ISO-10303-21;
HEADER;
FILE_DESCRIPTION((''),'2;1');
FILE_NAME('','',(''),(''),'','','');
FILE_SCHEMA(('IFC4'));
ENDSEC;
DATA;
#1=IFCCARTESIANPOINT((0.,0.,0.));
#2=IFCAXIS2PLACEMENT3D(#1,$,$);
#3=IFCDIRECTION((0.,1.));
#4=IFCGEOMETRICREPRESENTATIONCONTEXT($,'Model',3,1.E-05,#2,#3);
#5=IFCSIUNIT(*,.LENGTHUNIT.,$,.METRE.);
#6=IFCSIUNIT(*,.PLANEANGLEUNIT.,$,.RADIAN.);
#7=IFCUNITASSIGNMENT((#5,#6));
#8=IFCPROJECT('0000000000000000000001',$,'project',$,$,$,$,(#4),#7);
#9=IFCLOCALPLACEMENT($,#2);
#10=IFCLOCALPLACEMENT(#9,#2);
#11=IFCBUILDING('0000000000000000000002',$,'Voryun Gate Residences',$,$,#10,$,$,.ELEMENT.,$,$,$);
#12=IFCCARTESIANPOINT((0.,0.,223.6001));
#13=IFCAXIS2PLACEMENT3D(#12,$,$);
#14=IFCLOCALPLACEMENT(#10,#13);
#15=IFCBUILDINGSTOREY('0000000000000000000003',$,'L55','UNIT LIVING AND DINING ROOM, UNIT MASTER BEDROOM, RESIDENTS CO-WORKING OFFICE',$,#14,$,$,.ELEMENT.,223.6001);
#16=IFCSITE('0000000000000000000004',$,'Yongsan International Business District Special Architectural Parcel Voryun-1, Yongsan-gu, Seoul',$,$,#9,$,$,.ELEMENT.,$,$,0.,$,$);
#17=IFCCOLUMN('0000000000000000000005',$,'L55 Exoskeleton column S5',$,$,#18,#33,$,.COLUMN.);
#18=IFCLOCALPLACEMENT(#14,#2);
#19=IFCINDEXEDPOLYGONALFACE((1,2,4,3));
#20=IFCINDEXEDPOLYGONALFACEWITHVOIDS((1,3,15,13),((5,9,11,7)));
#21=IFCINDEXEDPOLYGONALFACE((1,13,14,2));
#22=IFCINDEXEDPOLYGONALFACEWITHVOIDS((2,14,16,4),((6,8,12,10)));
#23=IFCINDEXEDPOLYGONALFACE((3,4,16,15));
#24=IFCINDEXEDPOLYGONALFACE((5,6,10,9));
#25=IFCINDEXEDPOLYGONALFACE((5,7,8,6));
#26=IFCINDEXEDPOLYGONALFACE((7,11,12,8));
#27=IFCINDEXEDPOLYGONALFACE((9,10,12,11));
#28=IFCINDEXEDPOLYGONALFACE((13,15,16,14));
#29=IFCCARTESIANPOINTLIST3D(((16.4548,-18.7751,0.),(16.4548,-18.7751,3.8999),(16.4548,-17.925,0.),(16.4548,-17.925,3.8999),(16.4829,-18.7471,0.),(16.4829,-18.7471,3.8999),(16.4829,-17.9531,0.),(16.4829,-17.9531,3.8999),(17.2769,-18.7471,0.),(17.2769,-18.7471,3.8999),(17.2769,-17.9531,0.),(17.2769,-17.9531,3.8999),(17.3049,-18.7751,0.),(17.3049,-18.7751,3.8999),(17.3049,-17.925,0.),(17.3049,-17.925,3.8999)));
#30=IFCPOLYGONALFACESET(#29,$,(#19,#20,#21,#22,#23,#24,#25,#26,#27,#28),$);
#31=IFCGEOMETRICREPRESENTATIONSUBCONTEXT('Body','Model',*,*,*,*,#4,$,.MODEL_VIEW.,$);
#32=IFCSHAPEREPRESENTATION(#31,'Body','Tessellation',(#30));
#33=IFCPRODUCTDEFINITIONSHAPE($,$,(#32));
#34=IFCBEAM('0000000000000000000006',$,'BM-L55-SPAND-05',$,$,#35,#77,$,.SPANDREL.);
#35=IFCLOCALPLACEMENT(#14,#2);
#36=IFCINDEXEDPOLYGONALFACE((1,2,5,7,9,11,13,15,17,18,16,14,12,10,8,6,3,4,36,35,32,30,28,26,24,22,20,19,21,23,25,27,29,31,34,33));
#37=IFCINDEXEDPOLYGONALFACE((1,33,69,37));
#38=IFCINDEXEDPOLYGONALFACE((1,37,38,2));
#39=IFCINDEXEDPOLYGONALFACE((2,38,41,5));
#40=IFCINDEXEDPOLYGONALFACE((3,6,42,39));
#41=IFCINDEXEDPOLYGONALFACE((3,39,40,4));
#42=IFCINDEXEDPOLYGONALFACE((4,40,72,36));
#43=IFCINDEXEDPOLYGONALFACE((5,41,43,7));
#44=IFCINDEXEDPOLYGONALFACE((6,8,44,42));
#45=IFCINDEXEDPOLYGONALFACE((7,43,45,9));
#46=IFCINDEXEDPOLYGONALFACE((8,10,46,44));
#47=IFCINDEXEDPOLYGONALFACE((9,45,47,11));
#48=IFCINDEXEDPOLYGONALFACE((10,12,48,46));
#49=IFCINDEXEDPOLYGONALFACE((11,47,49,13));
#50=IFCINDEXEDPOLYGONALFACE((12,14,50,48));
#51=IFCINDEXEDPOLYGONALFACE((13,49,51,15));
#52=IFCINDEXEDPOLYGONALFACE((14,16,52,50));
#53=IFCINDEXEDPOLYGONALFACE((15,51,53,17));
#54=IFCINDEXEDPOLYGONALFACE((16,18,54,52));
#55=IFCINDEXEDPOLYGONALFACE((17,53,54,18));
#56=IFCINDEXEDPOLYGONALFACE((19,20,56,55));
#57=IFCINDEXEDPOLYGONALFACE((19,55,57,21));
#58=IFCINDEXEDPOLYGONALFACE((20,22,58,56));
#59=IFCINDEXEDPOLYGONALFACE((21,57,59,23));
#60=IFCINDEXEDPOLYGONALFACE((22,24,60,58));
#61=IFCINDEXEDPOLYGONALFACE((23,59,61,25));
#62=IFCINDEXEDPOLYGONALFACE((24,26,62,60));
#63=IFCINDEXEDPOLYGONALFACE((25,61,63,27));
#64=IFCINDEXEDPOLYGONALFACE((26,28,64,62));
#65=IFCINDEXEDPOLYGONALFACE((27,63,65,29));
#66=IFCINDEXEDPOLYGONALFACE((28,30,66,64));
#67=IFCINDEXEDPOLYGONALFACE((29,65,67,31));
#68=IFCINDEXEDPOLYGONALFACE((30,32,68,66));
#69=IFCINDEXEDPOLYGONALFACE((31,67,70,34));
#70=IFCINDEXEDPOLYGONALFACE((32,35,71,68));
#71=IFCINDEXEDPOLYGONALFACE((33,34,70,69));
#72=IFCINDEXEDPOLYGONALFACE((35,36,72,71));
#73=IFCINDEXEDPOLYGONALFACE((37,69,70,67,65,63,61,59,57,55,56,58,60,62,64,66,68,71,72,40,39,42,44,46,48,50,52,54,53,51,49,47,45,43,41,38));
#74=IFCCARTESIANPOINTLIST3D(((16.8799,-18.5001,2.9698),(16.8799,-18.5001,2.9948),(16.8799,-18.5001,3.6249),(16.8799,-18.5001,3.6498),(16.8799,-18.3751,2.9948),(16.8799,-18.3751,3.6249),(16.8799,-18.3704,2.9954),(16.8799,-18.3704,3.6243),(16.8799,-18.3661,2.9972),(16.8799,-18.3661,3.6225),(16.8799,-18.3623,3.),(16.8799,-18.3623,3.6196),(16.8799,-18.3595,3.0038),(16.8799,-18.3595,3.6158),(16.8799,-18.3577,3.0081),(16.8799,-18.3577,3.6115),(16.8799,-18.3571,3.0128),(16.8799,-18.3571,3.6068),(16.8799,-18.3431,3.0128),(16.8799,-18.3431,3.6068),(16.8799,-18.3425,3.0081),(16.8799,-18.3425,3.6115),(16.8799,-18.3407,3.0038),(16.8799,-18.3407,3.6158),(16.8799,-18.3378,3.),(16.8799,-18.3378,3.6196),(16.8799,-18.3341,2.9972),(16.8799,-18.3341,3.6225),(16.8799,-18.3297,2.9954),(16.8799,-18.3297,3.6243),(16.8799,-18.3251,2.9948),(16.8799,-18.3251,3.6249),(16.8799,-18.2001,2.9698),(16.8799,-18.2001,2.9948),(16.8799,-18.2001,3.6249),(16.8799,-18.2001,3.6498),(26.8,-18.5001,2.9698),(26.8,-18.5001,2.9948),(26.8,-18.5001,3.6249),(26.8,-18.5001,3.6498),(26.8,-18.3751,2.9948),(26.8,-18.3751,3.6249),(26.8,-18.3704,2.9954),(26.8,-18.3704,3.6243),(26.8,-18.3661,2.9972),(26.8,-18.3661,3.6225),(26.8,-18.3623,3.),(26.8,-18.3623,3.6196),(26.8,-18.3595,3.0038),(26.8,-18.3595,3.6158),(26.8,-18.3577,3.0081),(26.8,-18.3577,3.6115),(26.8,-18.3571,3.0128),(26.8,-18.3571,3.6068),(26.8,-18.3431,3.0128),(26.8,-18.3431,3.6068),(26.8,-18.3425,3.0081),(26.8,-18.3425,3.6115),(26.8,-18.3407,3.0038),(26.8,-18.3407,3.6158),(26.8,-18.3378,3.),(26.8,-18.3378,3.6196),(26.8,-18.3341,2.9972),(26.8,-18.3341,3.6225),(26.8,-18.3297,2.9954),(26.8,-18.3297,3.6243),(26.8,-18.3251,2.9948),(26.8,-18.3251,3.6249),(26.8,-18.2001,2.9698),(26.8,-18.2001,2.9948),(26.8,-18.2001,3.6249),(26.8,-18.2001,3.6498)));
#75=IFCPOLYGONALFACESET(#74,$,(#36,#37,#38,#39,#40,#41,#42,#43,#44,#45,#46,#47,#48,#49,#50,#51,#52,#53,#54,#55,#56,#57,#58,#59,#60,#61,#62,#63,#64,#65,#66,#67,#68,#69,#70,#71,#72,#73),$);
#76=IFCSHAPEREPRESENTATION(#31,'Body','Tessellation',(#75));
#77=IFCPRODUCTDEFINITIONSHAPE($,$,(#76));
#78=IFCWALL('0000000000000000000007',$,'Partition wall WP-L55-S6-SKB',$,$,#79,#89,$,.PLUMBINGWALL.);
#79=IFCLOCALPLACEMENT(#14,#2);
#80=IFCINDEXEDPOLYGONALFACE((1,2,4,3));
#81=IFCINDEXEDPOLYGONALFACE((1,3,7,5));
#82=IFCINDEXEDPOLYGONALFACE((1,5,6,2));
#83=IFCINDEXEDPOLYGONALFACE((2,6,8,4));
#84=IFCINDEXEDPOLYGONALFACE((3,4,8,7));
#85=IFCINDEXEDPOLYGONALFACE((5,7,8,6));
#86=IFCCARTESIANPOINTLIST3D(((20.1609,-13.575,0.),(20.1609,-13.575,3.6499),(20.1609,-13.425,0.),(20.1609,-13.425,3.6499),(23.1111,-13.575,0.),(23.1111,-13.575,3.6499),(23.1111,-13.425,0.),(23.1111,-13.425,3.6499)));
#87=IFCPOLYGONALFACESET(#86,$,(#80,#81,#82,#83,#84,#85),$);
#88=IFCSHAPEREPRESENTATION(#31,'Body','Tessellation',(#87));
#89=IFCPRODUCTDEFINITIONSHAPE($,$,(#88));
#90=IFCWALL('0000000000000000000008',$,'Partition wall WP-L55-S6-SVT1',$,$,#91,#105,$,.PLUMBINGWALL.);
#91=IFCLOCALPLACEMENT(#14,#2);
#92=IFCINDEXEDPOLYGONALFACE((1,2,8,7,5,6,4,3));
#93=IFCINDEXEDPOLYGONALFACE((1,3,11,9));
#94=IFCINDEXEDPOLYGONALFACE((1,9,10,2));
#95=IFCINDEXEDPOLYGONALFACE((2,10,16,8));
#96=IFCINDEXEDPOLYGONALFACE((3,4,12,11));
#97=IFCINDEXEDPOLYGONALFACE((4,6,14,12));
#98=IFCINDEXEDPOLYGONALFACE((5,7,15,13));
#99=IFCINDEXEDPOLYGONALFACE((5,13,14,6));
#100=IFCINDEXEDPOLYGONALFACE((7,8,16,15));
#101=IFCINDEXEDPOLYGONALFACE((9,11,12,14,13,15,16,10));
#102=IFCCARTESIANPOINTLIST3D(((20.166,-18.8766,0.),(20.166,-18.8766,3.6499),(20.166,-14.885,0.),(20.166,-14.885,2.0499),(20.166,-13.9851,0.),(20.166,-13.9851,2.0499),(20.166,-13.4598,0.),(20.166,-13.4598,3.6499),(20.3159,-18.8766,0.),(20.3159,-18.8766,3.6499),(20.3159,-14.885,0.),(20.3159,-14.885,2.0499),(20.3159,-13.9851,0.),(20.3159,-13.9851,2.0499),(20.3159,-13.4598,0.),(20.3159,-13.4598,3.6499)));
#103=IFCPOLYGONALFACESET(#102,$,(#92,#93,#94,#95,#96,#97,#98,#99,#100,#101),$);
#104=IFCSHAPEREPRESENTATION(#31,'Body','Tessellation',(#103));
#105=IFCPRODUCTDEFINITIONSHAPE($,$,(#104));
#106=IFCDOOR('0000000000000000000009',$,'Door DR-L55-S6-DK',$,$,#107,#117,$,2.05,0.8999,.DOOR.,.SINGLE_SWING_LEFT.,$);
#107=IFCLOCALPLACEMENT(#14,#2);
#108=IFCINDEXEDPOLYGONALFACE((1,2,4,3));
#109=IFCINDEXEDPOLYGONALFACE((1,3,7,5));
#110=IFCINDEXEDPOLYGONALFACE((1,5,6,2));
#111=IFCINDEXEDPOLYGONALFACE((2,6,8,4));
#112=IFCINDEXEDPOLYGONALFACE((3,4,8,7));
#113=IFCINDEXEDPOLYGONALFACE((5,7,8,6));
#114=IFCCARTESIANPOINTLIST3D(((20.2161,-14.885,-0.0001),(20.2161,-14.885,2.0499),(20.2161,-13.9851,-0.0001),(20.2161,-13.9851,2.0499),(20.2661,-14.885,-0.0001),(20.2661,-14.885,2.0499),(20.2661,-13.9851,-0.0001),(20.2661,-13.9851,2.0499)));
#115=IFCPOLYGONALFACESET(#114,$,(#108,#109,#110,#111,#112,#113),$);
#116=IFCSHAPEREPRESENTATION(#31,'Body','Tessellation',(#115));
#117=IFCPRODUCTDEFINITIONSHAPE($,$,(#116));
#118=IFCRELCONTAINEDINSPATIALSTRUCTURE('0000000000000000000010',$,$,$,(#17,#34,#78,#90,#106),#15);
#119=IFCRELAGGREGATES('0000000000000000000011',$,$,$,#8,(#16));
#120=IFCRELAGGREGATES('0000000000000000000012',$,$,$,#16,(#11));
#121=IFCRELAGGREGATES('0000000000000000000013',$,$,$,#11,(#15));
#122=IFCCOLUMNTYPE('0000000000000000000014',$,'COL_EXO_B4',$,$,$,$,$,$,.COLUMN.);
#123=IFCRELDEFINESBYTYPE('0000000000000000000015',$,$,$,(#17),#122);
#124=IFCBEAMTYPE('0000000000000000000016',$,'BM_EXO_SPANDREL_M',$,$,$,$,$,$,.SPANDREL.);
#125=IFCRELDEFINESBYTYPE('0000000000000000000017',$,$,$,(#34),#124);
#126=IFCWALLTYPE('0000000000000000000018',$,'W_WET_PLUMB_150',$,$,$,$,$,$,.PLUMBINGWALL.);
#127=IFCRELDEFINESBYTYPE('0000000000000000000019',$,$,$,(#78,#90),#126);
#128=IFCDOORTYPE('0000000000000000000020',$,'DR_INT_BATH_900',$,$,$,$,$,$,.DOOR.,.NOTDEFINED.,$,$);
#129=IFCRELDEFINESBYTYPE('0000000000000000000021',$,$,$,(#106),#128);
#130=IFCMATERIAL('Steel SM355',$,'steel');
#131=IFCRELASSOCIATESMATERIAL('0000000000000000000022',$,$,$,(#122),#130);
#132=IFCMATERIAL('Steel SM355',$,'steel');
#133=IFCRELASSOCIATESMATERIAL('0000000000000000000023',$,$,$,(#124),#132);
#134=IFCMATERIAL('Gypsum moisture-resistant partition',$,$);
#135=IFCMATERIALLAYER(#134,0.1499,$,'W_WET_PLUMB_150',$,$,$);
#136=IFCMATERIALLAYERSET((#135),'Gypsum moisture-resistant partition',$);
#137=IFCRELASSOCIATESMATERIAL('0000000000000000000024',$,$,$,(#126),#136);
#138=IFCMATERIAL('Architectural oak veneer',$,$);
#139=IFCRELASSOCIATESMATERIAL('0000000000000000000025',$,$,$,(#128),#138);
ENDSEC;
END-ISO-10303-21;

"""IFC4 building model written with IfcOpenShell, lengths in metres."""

from ifc_helpers import new_model, si_unit, direction, frame, frame_2d, origin, origin_2d, place, context, subcontext, project, spatial, rectangle, hollow_rectangle, i_section, extrude, material, layer, layer_set, material_profile, profile_set, type_object, element, fill, save


model = new_model("IFC4")

# Units and contexts
model_context = context("Model", 3, precision=1e-05, world=origin(), true_north=direction((0.0, 1.0)))
body_context = subcontext(model_context, "Body", "Model", "MODEL_VIEW")
ifc_project = project(units=[si_unit("LENGTHUNIT", "METRE"), si_unit("PLANEANGLEUNIT", "RADIAN")], contexts=[model_context])

# Site, building, storey
site_placement = place(None, origin())
site = spatial("IfcSite", under=ifc_project, at=site_placement, Name="Yongsan International Business District Special Architectural Parcel Voryun-1, Yongsan-gu, Seoul", CompositionType="ELEMENT", RefElevation=0.0)
building_placement = place(site_placement, origin())
building = spatial("IfcBuilding", under=site, at=building_placement, Name="Voryun Gate Residences", CompositionType="ELEMENT")
storey_placement = place(building_placement, frame((0.0, 0.0, 223.6001)))
storey = spatial("IfcBuildingStorey", under=building, at=storey_placement, Name="L55", Description="UNIT LIVING AND DINING ROOM, UNIT MASTER BEDROOM, RESIDENTS CO-WORKING OFFICE", CompositionType="ELEMENT", Elevation=223.6001)

# Column
ifc_material_1 = material(Name="Steel SM355", Category="steel")
ifc_material_profile_1 = material_profile(ifc_material_1, hollow_rectangle(XDim=0.8501, YDim=0.8501, WallThickness=0.0281, at=origin_2d()), Name="BOX-850x850x28")
ifc_profile_set_1 = profile_set([ifc_material_profile_1], Name="Steel SM355")
column_type = type_object("IfcColumnType", Name="COL_EXO_B4", PredefinedType="COLUMN", material=ifc_profile_set_1)
column_placement = place(storey_placement, frame((16.8799, -18.3501, 0.0), z_axis=(0.0, 0.0, 1.0), x_axis=(1.0, 0.0, 0.0)))
element("IfcColumn", 1, at=column_placement, inside=storey, type_object=column_type, Name="L55 Exoskeleton column S5", PredefinedType="COLUMN", context=body_context, shape_type="SweptSolid", body=[
    extrude(hollow_rectangle(XDim=0.8501, YDim=0.8501, WallThickness=0.0281, at=origin_2d()), origin(), (0.0, 0.0, 1.0), 3.8999),
])

# Beam
ifc_material_2 = material(Name="Steel SM355", Category="steel")
ifc_material_profile_2 = material_profile(ifc_material_2, i_section(OverallWidth=0.3, OverallDepth=0.6799, WebThickness=0.0139, FlangeThickness=0.0249, FilletRadius=0.0181, at=origin_2d()), Name="H-680x300x14x25")
ifc_profile_set_2 = profile_set([ifc_material_profile_2], Name="Steel SM355")
beam_type = type_object("IfcBeamType", Name="BM_EXO_SPANDREL_M", PredefinedType="SPANDREL", material=ifc_profile_set_2)
beam_placement = place(storey_placement, frame((16.8799, -18.3501, 3.3098), z_axis=(1.0, 0.0, 0.0), x_axis=(0.0, 1.0, 0.0)))
element("IfcBeam", 2, at=beam_placement, inside=storey, type_object=beam_type, Name="BM-L55-SPAND-05", PredefinedType="SPANDREL", context=body_context, shape_type="SweptSolid", body=[
    extrude(i_section(OverallWidth=0.3, OverallDepth=0.6799, WebThickness=0.0139, FlangeThickness=0.0249, FilletRadius=0.0181, at=origin_2d()), origin(), (0.0, 0.0, 1.0), 9.9202),
])

# Wall
ifc_material_3 = material(Name="Gypsum moisture-resistant partition")
ifc_layer = layer(ifc_material_3, 0.1499, Name="W_WET_PLUMB_150")
ifc_layer_set = layer_set([ifc_layer], Name="Gypsum moisture-resistant partition")
wall_type = type_object("IfcWallType", Name="W_WET_PLUMB_150", PredefinedType="PLUMBINGWALL", material=ifc_layer_set)
wall_1_placement = place(storey_placement, frame((20.1609, -13.5, 0.0), z_axis=(0.0, 0.0, 1.0), x_axis=(1.0, 0.0, 0.0)))
element("IfcWall", 3, at=wall_1_placement, inside=storey, type_object=wall_type, Name="Partition wall WP-L55-S6-SKB", PredefinedType="PLUMBINGWALL", context=body_context, shape_type="SweptSolid", body=[
    extrude(rectangle(XDim=2.9502, YDim=0.1499, at=frame_2d((1.4751, 0.0))), origin(), (0.0, 0.0, 1.0), 3.6499),
])

# Wall, opening, door
wall_2_placement = place(storey_placement, frame((20.241, -18.8767, 0.0), z_axis=(0.0, 0.0, 1.0), x_axis=(0.0, 1.0, 0.0)))
wall_2 = element("IfcWall", 4, at=wall_2_placement, inside=storey, type_object=wall_type, Name="Partition wall WP-L55-S6-SVT1", PredefinedType="PLUMBINGWALL", context=body_context, shape_type="SweptSolid", body=[
    extrude(rectangle(XDim=5.4167, YDim=0.1499, at=frame_2d((2.7085, 0.0))), origin(), (0.0, 0.0, 1.0), 3.6499),
])
opening_placement = place(wall_2_placement, frame((3.9917, 0.0, 0.0)))
opening = element("IfcOpeningElement", 5, at=opening_placement, cuts=wall_2, PredefinedType="OPENING", context=body_context, shape_type="SweptSolid", body=[
    extrude(rectangle(XDim=0.8999, YDim=2.05, at=frame_2d((0.45, 1.0249))), frame((0.0, 0.085, 0.0), z_axis=(0.0, -1.0, 0.0), x_axis=(1.0, 0.0, 0.0)), (0.0, 0.0, 1.0), 0.1699),
])
ifc_material_4 = material(Name="Architectural oak veneer")
door_type = type_object("IfcDoorType", Name="DR_INT_BATH_900", OperationType="NOTDEFINED", PredefinedType="DOOR", material=ifc_material_4)
door_placement = place(opening_placement, origin())
door = element("IfcDoor", 6, at=door_placement, inside=storey, type_object=door_type, Name="Door DR-L55-S6-DK", OperationType="SINGLE_SWING_LEFT", OverallHeight=2.05, OverallWidth=0.8999, PredefinedType="DOOR", context=body_context, shape_type="SweptSolid", body=[
    extrude(rectangle(XDim=0.8999, YDim=2.05, at=frame_2d((0.45, 1.0249))), frame((0.0, 0.0249, 0.0), z_axis=(0.0, -1.0, 0.0), x_axis=(1.0, 0.0, 0.0)), (0.0, 0.0, 1.0), 0.05),
])
fill(opening, door)

save(model, "model.ifc")
